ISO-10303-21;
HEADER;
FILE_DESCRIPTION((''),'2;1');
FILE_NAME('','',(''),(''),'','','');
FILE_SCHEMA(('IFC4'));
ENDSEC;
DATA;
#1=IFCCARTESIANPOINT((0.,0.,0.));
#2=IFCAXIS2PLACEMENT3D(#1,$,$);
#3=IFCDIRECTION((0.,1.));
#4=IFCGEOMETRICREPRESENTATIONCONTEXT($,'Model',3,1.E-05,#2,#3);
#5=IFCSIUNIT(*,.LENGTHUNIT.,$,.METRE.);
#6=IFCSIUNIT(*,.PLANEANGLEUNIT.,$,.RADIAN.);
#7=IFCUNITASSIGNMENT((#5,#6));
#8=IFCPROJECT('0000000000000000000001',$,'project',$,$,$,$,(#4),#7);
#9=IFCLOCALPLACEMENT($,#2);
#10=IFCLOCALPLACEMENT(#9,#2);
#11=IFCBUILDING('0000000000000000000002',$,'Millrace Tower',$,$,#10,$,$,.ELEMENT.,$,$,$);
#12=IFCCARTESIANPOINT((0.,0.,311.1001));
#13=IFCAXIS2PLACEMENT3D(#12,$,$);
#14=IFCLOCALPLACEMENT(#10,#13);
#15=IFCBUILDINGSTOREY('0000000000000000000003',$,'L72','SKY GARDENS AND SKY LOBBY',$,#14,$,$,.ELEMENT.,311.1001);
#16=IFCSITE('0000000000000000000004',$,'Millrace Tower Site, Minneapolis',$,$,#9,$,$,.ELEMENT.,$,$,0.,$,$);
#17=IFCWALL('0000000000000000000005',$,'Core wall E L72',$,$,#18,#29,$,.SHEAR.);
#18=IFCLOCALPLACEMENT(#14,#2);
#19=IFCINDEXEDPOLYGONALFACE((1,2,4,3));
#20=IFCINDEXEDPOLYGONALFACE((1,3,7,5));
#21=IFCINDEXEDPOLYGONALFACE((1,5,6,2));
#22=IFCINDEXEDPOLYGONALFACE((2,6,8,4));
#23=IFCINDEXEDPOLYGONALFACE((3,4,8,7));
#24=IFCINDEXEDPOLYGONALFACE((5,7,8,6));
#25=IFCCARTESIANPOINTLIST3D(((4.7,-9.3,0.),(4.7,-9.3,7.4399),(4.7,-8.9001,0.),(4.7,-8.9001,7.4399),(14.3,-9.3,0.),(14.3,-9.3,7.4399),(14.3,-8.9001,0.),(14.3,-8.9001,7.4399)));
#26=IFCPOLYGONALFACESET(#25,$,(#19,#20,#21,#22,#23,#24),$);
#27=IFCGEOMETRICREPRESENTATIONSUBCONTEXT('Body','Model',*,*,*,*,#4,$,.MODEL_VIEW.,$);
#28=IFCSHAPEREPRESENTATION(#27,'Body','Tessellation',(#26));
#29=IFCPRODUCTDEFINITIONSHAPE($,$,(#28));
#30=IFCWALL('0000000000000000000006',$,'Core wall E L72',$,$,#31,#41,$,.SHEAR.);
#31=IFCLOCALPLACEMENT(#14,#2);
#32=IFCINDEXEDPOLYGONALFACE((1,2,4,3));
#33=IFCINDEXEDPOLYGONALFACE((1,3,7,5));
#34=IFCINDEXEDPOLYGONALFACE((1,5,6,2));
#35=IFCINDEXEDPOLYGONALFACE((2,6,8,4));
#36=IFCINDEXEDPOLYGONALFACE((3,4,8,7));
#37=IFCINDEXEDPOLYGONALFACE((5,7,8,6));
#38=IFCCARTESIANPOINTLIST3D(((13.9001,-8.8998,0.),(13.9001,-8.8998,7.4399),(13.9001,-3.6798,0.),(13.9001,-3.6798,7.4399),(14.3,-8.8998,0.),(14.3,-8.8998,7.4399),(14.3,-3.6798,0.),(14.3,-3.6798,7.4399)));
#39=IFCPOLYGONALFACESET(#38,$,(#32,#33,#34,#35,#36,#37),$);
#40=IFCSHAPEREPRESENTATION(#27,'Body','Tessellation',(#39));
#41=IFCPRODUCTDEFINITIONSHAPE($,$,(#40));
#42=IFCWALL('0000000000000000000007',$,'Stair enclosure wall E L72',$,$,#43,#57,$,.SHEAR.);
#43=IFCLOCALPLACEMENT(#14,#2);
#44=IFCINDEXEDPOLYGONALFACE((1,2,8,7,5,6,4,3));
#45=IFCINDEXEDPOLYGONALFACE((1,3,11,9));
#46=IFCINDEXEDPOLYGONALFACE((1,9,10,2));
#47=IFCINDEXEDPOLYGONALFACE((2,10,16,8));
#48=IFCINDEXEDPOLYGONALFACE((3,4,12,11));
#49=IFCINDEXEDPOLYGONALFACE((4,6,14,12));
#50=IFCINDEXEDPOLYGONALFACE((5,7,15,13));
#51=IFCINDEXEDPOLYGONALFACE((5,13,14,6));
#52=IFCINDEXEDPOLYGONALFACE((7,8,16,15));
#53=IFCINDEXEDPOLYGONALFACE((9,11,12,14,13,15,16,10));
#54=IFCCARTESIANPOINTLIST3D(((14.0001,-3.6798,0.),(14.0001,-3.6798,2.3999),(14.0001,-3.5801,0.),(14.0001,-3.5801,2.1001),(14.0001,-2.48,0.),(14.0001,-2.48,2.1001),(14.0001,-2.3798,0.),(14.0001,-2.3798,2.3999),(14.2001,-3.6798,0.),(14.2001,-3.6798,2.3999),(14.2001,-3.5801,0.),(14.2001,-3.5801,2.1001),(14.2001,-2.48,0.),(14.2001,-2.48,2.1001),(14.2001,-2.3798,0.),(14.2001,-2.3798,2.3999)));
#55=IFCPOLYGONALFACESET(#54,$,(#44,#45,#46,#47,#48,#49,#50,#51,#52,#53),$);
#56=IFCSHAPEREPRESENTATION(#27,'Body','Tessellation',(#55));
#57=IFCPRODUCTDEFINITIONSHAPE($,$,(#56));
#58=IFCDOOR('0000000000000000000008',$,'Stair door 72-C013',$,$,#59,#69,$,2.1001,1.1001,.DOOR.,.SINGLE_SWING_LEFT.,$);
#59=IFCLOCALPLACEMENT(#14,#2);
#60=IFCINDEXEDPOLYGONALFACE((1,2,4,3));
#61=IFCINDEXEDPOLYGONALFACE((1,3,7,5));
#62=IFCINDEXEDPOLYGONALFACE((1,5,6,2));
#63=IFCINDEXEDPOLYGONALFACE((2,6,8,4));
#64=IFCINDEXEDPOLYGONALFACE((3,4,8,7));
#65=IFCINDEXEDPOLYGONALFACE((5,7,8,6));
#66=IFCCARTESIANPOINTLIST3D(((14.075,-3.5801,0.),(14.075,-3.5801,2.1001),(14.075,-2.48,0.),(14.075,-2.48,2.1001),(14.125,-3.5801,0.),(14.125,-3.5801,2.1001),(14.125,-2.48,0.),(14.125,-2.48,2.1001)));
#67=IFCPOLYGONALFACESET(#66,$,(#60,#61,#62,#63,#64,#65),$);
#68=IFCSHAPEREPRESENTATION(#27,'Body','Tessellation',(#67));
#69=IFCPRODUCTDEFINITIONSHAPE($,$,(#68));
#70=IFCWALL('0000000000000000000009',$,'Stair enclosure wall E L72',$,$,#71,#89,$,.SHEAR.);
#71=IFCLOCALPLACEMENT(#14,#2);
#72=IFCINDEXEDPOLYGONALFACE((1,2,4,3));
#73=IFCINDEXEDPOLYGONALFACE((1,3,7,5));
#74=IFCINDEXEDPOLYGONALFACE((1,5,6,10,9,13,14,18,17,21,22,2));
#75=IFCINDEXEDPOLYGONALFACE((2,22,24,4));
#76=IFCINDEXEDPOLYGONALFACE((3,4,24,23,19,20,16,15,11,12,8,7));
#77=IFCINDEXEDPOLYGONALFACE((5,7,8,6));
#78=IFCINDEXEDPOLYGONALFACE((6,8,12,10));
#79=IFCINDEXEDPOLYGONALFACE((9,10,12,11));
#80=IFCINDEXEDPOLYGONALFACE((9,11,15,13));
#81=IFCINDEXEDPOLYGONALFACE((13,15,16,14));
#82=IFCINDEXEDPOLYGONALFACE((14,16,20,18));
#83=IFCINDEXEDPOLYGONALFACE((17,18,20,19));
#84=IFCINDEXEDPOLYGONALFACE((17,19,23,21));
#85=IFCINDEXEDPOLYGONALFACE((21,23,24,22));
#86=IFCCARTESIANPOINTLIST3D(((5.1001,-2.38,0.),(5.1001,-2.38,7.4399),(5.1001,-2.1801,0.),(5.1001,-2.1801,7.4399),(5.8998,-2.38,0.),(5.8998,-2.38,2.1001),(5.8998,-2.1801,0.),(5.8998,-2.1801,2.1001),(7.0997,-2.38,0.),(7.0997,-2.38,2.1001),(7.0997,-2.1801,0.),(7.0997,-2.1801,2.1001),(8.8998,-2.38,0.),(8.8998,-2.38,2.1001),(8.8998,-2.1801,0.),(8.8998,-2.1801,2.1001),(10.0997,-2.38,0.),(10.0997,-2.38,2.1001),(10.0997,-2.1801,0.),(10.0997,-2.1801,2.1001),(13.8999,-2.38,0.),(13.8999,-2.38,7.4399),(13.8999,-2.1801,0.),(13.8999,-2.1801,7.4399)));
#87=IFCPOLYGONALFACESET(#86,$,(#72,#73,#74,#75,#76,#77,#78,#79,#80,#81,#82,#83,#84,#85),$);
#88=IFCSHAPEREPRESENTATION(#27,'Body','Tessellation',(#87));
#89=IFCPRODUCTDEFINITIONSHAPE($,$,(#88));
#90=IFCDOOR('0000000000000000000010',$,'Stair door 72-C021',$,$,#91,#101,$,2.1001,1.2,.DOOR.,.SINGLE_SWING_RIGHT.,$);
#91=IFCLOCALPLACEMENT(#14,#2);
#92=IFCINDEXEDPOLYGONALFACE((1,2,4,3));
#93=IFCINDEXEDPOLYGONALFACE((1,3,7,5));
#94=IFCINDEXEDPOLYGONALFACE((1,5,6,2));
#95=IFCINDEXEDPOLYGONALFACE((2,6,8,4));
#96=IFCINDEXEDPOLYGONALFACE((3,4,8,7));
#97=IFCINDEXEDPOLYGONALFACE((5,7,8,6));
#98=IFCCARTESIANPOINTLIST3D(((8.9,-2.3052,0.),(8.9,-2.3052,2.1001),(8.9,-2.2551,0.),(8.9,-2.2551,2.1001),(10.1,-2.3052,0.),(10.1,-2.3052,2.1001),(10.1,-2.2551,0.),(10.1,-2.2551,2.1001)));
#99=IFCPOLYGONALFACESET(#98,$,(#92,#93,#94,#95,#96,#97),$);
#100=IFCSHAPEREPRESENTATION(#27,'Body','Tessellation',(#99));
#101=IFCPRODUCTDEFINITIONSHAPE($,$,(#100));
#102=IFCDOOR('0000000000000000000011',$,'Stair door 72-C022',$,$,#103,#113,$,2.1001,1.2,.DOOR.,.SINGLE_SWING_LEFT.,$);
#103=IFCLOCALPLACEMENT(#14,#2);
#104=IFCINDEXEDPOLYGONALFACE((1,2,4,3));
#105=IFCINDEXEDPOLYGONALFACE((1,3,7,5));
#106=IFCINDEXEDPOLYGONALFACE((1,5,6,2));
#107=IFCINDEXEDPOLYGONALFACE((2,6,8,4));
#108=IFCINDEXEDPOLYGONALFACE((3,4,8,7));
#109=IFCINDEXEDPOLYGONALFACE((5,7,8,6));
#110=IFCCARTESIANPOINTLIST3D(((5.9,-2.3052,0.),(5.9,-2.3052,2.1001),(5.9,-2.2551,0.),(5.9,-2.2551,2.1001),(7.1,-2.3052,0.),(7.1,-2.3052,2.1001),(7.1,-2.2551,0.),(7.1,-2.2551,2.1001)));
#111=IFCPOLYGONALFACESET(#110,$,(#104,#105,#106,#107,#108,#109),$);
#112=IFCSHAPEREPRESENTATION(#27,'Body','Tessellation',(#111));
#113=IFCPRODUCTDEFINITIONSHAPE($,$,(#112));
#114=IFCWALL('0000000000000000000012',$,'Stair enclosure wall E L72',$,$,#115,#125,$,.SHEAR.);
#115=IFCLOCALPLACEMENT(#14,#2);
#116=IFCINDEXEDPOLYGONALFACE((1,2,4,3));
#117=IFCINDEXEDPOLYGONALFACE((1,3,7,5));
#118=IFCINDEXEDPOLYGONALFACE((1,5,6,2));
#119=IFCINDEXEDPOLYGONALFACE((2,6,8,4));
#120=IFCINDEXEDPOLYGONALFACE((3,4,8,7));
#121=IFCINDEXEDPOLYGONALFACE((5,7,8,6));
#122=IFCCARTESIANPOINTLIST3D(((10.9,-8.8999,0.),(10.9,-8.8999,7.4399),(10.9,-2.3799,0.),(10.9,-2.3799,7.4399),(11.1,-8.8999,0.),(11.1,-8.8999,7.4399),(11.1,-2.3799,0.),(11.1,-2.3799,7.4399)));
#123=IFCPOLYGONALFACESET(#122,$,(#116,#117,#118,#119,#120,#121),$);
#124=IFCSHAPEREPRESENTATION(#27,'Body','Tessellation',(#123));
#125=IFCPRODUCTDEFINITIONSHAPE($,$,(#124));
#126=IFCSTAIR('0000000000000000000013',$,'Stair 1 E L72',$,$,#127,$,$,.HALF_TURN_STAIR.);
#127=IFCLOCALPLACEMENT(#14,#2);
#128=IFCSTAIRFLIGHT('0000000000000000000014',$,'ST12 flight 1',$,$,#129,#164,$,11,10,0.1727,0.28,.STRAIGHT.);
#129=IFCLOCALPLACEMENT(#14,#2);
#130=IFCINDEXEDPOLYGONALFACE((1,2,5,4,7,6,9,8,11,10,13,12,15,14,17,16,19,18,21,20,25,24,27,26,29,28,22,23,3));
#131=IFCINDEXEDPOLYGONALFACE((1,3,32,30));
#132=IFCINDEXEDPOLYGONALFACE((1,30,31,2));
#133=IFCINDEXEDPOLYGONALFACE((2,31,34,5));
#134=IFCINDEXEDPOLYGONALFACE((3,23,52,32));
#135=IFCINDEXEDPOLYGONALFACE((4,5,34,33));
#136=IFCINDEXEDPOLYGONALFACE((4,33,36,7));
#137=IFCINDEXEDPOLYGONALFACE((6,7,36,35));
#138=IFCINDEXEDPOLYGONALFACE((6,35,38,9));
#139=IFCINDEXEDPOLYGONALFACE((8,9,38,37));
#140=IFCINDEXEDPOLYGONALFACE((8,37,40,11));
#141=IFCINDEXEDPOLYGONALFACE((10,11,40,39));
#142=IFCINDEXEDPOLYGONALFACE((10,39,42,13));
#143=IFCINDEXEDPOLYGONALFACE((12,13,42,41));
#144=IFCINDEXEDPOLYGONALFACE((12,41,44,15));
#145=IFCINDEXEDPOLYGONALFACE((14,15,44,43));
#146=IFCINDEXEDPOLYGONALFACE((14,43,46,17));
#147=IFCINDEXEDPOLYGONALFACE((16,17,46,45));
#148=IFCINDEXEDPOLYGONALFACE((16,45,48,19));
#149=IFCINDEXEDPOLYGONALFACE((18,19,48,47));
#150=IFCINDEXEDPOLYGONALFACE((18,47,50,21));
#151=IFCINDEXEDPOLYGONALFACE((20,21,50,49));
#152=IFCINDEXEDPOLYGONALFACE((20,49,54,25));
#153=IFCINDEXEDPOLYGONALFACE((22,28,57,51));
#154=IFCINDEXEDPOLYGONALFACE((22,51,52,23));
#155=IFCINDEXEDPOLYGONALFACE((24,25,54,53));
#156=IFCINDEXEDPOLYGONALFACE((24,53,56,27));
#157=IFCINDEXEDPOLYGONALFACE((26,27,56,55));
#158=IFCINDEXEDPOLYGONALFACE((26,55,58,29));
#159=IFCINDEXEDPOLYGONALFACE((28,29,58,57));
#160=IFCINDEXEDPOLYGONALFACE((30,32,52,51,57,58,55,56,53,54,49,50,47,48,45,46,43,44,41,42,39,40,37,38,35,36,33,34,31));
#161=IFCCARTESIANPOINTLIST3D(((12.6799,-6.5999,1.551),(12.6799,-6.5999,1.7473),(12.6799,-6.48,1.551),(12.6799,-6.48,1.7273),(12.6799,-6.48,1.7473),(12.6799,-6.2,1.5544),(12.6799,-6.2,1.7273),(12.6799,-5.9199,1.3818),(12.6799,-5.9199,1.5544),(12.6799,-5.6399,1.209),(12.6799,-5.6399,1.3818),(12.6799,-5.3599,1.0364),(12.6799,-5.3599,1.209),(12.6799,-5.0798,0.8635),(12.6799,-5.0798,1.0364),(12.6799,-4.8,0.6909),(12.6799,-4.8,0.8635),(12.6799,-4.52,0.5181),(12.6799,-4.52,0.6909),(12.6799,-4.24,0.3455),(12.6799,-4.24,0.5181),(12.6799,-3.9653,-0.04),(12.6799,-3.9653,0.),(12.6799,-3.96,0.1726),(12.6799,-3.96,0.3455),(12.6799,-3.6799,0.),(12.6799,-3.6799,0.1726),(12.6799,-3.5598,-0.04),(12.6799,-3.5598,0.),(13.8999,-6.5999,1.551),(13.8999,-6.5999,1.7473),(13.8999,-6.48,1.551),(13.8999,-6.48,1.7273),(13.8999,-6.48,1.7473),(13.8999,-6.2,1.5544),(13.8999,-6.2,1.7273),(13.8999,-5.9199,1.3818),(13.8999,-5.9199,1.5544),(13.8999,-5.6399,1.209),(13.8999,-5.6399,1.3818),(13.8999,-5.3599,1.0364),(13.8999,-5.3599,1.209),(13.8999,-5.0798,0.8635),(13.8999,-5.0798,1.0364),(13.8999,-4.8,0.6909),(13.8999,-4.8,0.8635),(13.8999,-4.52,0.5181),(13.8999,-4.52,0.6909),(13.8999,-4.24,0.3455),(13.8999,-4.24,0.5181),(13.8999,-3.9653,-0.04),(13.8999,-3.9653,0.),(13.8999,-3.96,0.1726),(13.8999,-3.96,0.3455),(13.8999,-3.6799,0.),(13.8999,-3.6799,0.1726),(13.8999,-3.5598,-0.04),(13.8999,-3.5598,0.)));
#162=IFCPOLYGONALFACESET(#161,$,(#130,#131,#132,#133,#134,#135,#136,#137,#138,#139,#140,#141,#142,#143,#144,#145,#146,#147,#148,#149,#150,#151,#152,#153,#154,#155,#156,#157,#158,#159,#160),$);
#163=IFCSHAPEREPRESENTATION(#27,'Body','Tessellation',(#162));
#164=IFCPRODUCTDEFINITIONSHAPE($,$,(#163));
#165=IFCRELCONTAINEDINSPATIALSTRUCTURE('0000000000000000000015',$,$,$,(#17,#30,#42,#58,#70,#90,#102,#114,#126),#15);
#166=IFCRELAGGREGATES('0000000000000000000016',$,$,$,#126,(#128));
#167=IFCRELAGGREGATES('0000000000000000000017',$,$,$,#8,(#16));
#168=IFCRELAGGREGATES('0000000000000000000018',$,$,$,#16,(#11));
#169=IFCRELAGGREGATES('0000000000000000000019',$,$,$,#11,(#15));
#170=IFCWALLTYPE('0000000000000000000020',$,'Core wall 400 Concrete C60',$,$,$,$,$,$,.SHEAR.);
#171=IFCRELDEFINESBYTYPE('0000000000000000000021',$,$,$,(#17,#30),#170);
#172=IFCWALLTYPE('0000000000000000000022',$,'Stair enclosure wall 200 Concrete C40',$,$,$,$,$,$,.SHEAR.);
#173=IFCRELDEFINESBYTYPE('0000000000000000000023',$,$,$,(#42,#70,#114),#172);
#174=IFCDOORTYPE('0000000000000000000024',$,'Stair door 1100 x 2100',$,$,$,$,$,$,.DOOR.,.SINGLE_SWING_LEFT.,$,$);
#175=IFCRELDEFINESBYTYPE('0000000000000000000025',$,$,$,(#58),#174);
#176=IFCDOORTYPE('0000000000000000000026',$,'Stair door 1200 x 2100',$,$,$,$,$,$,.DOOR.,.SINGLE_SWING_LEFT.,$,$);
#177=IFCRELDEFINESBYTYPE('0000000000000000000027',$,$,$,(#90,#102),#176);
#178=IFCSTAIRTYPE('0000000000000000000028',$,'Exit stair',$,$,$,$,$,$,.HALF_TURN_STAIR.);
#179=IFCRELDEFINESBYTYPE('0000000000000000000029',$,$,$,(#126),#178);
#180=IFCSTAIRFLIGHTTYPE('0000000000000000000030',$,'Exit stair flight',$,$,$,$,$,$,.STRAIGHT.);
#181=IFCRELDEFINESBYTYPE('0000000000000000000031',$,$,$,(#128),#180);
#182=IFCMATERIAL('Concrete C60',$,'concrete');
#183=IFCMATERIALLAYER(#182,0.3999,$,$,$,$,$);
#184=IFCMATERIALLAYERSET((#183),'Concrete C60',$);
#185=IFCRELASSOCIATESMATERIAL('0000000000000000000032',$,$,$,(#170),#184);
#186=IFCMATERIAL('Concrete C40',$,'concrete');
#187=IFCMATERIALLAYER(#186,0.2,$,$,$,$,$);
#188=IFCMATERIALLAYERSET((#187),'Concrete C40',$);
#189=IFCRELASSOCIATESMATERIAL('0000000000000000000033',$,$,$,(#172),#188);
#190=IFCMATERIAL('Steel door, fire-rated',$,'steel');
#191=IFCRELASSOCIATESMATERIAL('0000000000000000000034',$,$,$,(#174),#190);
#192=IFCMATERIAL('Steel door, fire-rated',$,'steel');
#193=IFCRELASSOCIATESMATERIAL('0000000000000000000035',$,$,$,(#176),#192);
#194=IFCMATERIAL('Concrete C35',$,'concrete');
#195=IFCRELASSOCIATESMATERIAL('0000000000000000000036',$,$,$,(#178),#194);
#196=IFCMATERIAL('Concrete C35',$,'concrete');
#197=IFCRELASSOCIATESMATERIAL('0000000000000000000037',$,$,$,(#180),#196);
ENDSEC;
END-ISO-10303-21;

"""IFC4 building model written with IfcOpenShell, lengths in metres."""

from ifc_helpers import new_model, si_unit, direction, frame, frame_2d, origin, place, context, subcontext, project, spatial, polyline, rectangle, outline, extrude, material, layer, layer_set, type_object, element, fill, aggregate, save


model = new_model("IFC4")

# Units and contexts
model_context = context("Model", 3, precision=1e-05, world=origin(), true_north=direction((0.0, 1.0)))
body_context = subcontext(model_context, "Body", "Model", "MODEL_VIEW")
ifc_project = project(units=[si_unit("LENGTHUNIT", "METRE"), si_unit("PLANEANGLEUNIT", "RADIAN")], contexts=[model_context])

# Site, building, storey
site_placement = place(None, origin())
site = spatial("IfcSite", under=ifc_project, at=site_placement, Name="Millrace Tower Site, Minneapolis", CompositionType="ELEMENT", RefElevation=0.0)
building_placement = place(site_placement, origin())
building = spatial("IfcBuilding", under=site, at=building_placement, Name="Millrace Tower", CompositionType="ELEMENT")
storey_placement = place(building_placement, frame((0.0, 0.0, 311.1001)))
storey = spatial("IfcBuildingStorey", under=building, at=storey_placement, Name="L72", Description="SKY GARDENS AND SKY LOBBY", CompositionType="ELEMENT", Elevation=311.1001)

# Shared definitions
placement = place(storey_placement, origin())

# Walls
ifc_material_1 = material(Name="Concrete C60", Category="concrete")
ifc_layer_1 = layer(ifc_material_1, 0.3999)
ifc_layer_set_1 = layer_set([ifc_layer_1], Name="Concrete C60")
wall_type_1 = type_object("IfcWallType", Name="Core wall 400 Concrete C60", PredefinedType="SHEAR", material=ifc_layer_set_1)
wall_1_placement = place(storey_placement, frame((14.3, -9.1001, 0.0), z_axis=(0.0, 0.0, 1.0), x_axis=(-1.0, 0.0, 0.0)))
element("IfcWall", 1, at=wall_1_placement, inside=storey, type_object=wall_type_1, Name="Core wall E L72", PredefinedType="SHEAR", context=body_context, shape_type="SweptSolid", body=[
    extrude(rectangle(XDim=9.6001, YDim=0.3999, at=frame_2d((4.8, 0.0))), origin(), (0.0, 0.0, 1.0), 7.4399),
])
wall_2_placement = place(storey_placement, frame((14.1001, -3.6799, 0.0), z_axis=(0.0, 0.0, 1.0), x_axis=(0.0, -1.0, 0.0)))
element("IfcWall", 2, at=wall_2_placement, inside=storey, type_object=wall_type_1, Name="Core wall E L72", PredefinedType="SHEAR", context=body_context, shape_type="SweptSolid", body=[
    extrude(rectangle(XDim=5.22, YDim=0.3999, at=frame_2d((2.6099, 0.0))), origin(), (0.0, 0.0, 1.0), 7.4399),
])

# Wall, opening, door
ifc_material_2 = material(Name="Concrete C40", Category="concrete")
ifc_layer_2 = layer(ifc_material_2, 0.2)
ifc_layer_set_2 = layer_set([ifc_layer_2], Name="Concrete C40")
wall_type_2 = type_object("IfcWallType", Name="Stair enclosure wall 200 Concrete C40", PredefinedType="SHEAR", material=ifc_layer_set_2)
wall_3_placement = place(storey_placement, frame((14.1001, -2.3799, 0.0), z_axis=(0.0, 0.0, 1.0), x_axis=(0.0, -1.0, 0.0)))
wall_3 = element("IfcWall", 3, at=wall_3_placement, inside=storey, type_object=wall_type_2, Name="Stair enclosure wall E L72", PredefinedType="SHEAR", context=body_context, shape_type="SweptSolid", body=[
    extrude(rectangle(XDim=1.3, YDim=0.2, at=frame_2d((0.6499, 0.0))), origin(), (0.0, 0.0, 1.0), 2.3999),
])
opening_1_placement = place(wall_3_placement, frame((0.1001, 0.0, 0.0)))
opening_1 = element("IfcOpeningElement", 4, at=opening_1_placement, cuts=wall_3, PredefinedType="OPENING", context=body_context, shape_type="SweptSolid", body=[
    extrude(rectangle(XDim=1.1001, YDim=2.1001, at=frame_2d((0.55, 1.05))), frame((0.0, 0.1099, 0.0), z_axis=(0.0, -1.0, 0.0), x_axis=(1.0, 0.0, 0.0)), (0.0, 0.0, 1.0), 0.22),
])
ifc_material_3 = material(Name="Steel door, fire-rated", Category="steel")
door_type_1 = type_object("IfcDoorType", Name="Stair door 1100 x 2100", OperationType="SINGLE_SWING_LEFT", PredefinedType="DOOR", material=ifc_material_3)
door_1_placement = place(opening_1_placement, origin())
door_1 = element("IfcDoor", 5, at=door_1_placement, inside=storey, type_object=door_type_1, Name="Stair door 72-C013", OperationType="SINGLE_SWING_LEFT", OverallHeight=2.1001, OverallWidth=1.1001, PredefinedType="DOOR", context=body_context, shape_type="SweptSolid", body=[
    extrude(rectangle(XDim=1.1001, YDim=2.1001, at=frame_2d((0.55, 1.05))), frame((0.0, 0.0249, 0.0), z_axis=(0.0, -1.0, 0.0), x_axis=(1.0, 0.0, 0.0)), (0.0, 0.0, 1.0), 0.05),
])
fill(opening_1, door_1)

# Wall, openings, doors
wall_4_placement = place(storey_placement, frame((13.8999, -2.28, 0.0), z_axis=(0.0, 0.0, 1.0), x_axis=(-1.0, 0.0, 0.0)))
wall_4 = element("IfcWall", 6, at=wall_4_placement, inside=storey, type_object=wall_type_2, Name="Stair enclosure wall E L72", PredefinedType="SHEAR", context=body_context, shape_type="SweptSolid", body=[
    extrude(rectangle(XDim=8.7998, YDim=0.2, at=frame_2d((4.3999, 0.0))), origin(), (0.0, 0.0, 1.0), 7.4399),
])
opening_2_placement = place(wall_4_placement, frame((3.8, 0.0, 0.0)))
opening_2 = element("IfcOpeningElement", 7, at=opening_2_placement, cuts=wall_4, PredefinedType="OPENING", context=body_context, shape_type="SweptSolid", body=[
    extrude(rectangle(XDim=1.2, YDim=2.1001, at=frame_2d((0.6001, 1.05))), frame((0.0, 0.1099, 0.0), z_axis=(0.0, -1.0, 0.0), x_axis=(1.0, 0.0, 0.0)), (0.0, 0.0, 1.0), 0.22),
])
opening_3_placement = place(wall_4_placement, frame((6.8, 0.0, 0.0)))
opening_3 = element("IfcOpeningElement", 8, at=opening_3_placement, cuts=wall_4, PredefinedType="OPENING", context=body_context, shape_type="SweptSolid", body=[
    extrude(rectangle(XDim=1.2, YDim=2.1001, at=frame_2d((0.6001, 1.05))), frame((0.0, 0.1099, 0.0), z_axis=(0.0, -1.0, 0.0), x_axis=(1.0, 0.0, 0.0)), (0.0, 0.0, 1.0), 0.22),
])
ifc_material_4 = material(Name="Steel door, fire-rated", Category="steel")
door_type_2 = type_object("IfcDoorType", Name="Stair door 1200 x 2100", OperationType="SINGLE_SWING_LEFT", PredefinedType="DOOR", material=ifc_material_4)
door_2_placement = place(opening_2_placement, frame((1.2, 0.0, 0.0), z_axis=(0.0, 0.0, 1.0), x_axis=(-1.0, 0.0, 0.0)))
door_2 = element("IfcDoor", 9, at=door_2_placement, inside=storey, type_object=door_type_2, Name="Stair door 72-C021", OperationType="SINGLE_SWING_RIGHT", OverallHeight=2.1001, OverallWidth=1.2, PredefinedType="DOOR", context=body_context, shape_type="SweptSolid", body=[
    extrude(rectangle(XDim=1.2, YDim=2.1001, at=frame_2d((0.6001, 1.05))), frame((0.0, 0.0249, 0.0), z_axis=(0.0, -1.0, 0.0), x_axis=(1.0, 0.0, 0.0)), (0.0, 0.0, 1.0), 0.05),
])
fill(opening_2, door_2)
door_3_placement = place(opening_3_placement, frame((1.2, 0.0, 0.0), z_axis=(0.0, 0.0, 1.0), x_axis=(-1.0, 0.0, 0.0)))
door_3 = element("IfcDoor", 10, at=door_3_placement, inside=storey, type_object=door_type_2, Name="Stair door 72-C022", OperationType="SINGLE_SWING_LEFT", OverallHeight=2.1001, OverallWidth=1.2, PredefinedType="DOOR", context=body_context, shape_type="SweptSolid", body=[
    extrude(rectangle(XDim=1.2, YDim=2.1001, at=frame_2d((0.6001, 1.05))), frame((0.0, 0.0249, 0.0), z_axis=(0.0, -1.0, 0.0), x_axis=(1.0, 0.0, 0.0)), (0.0, 0.0, 1.0), 0.05),
])
fill(opening_3, door_3)

# Wall
wall_5_placement = place(storey_placement, frame((11.0, -2.3799, 0.0), z_axis=(0.0, 0.0, 1.0), x_axis=(0.0, -1.0, 0.0)))
element("IfcWall", 11, at=wall_5_placement, inside=storey, type_object=wall_type_2, Name="Stair enclosure wall E L72", PredefinedType="SHEAR", context=body_context, shape_type="SweptSolid", body=[
    extrude(rectangle(XDim=6.52, YDim=0.2, at=frame_2d((3.26, 0.0))), origin(), (0.0, 0.0, 1.0), 7.4399),
])

# Stair, stair flight
ifc_material_5 = material(Name="Concrete C35", Category="concrete")
stair_type = type_object("IfcStairType", Name="Exit stair", PredefinedType="HALF_TURN_STAIR", material=ifc_material_5)
stair_1 = element("IfcStair", 12, at=placement, inside=storey, type_object=stair_type, Name="Stair 1 E L72", PredefinedType="HALF_TURN_STAIR")
ifc_material_6 = material(Name="Concrete C35", Category="concrete")
stair_flight_type = type_object("IfcStairFlightType", Name="Exit stair flight", PredefinedType="STRAIGHT", material=ifc_material_6)
stair_flight_1_placement = place(storey_placement, frame((13.29, -3.6799, 0.0), z_axis=(0.0, 0.0, 1.0), x_axis=(0.0, -1.0, 0.0)))
stair_flight_1 = element("IfcStairFlight", 13, at=stair_flight_1_placement, type_object=stair_flight_type, Name="ST12 flight 1", NumberOfRisers=11, NumberOfTreads=10, PredefinedType="STRAIGHT", RiserHeight=0.1727, TreadLength=0.28, context=body_context, shape_type="SweptSolid", body=[
    extrude(outline(polyline([(-0.1201, -0.04), (-0.1201, 0.0), (0.0, 0.0), (0.0, 0.1726), (0.28, 0.1726), (0.28, 0.3455), (0.5601, 0.3455), (0.5601, 0.5181), (0.8401, 0.5181), (0.8401, 0.6909), (1.1201, 0.6909), (1.1201, 0.8635), (1.3999, 0.8635), (1.3999, 1.0364), (1.6799, 1.0364), (1.6799, 1.209), (1.96, 1.209), (1.96, 1.3818), (2.24, 1.3818), (2.24, 1.5544), (2.52, 1.5544), (2.52, 1.7273), (2.8, 1.7273), (2.8, 1.7473), (2.9199, 1.7473), (2.9199, 1.551), (2.8, 1.551), (0.2854, 0.0), (0.2854, -0.04), (-0.1201, -0.04)])), frame((0.0, 0.6099, 0.0), z_axis=(0.0, -1.0, 0.0), x_axis=(1.0, 0.0, 0.0)), (0.0, 0.0, 1.0), 1.22),
])
aggregate(stair_1, [stair_flight_1])

save(model, "model.ifc")
